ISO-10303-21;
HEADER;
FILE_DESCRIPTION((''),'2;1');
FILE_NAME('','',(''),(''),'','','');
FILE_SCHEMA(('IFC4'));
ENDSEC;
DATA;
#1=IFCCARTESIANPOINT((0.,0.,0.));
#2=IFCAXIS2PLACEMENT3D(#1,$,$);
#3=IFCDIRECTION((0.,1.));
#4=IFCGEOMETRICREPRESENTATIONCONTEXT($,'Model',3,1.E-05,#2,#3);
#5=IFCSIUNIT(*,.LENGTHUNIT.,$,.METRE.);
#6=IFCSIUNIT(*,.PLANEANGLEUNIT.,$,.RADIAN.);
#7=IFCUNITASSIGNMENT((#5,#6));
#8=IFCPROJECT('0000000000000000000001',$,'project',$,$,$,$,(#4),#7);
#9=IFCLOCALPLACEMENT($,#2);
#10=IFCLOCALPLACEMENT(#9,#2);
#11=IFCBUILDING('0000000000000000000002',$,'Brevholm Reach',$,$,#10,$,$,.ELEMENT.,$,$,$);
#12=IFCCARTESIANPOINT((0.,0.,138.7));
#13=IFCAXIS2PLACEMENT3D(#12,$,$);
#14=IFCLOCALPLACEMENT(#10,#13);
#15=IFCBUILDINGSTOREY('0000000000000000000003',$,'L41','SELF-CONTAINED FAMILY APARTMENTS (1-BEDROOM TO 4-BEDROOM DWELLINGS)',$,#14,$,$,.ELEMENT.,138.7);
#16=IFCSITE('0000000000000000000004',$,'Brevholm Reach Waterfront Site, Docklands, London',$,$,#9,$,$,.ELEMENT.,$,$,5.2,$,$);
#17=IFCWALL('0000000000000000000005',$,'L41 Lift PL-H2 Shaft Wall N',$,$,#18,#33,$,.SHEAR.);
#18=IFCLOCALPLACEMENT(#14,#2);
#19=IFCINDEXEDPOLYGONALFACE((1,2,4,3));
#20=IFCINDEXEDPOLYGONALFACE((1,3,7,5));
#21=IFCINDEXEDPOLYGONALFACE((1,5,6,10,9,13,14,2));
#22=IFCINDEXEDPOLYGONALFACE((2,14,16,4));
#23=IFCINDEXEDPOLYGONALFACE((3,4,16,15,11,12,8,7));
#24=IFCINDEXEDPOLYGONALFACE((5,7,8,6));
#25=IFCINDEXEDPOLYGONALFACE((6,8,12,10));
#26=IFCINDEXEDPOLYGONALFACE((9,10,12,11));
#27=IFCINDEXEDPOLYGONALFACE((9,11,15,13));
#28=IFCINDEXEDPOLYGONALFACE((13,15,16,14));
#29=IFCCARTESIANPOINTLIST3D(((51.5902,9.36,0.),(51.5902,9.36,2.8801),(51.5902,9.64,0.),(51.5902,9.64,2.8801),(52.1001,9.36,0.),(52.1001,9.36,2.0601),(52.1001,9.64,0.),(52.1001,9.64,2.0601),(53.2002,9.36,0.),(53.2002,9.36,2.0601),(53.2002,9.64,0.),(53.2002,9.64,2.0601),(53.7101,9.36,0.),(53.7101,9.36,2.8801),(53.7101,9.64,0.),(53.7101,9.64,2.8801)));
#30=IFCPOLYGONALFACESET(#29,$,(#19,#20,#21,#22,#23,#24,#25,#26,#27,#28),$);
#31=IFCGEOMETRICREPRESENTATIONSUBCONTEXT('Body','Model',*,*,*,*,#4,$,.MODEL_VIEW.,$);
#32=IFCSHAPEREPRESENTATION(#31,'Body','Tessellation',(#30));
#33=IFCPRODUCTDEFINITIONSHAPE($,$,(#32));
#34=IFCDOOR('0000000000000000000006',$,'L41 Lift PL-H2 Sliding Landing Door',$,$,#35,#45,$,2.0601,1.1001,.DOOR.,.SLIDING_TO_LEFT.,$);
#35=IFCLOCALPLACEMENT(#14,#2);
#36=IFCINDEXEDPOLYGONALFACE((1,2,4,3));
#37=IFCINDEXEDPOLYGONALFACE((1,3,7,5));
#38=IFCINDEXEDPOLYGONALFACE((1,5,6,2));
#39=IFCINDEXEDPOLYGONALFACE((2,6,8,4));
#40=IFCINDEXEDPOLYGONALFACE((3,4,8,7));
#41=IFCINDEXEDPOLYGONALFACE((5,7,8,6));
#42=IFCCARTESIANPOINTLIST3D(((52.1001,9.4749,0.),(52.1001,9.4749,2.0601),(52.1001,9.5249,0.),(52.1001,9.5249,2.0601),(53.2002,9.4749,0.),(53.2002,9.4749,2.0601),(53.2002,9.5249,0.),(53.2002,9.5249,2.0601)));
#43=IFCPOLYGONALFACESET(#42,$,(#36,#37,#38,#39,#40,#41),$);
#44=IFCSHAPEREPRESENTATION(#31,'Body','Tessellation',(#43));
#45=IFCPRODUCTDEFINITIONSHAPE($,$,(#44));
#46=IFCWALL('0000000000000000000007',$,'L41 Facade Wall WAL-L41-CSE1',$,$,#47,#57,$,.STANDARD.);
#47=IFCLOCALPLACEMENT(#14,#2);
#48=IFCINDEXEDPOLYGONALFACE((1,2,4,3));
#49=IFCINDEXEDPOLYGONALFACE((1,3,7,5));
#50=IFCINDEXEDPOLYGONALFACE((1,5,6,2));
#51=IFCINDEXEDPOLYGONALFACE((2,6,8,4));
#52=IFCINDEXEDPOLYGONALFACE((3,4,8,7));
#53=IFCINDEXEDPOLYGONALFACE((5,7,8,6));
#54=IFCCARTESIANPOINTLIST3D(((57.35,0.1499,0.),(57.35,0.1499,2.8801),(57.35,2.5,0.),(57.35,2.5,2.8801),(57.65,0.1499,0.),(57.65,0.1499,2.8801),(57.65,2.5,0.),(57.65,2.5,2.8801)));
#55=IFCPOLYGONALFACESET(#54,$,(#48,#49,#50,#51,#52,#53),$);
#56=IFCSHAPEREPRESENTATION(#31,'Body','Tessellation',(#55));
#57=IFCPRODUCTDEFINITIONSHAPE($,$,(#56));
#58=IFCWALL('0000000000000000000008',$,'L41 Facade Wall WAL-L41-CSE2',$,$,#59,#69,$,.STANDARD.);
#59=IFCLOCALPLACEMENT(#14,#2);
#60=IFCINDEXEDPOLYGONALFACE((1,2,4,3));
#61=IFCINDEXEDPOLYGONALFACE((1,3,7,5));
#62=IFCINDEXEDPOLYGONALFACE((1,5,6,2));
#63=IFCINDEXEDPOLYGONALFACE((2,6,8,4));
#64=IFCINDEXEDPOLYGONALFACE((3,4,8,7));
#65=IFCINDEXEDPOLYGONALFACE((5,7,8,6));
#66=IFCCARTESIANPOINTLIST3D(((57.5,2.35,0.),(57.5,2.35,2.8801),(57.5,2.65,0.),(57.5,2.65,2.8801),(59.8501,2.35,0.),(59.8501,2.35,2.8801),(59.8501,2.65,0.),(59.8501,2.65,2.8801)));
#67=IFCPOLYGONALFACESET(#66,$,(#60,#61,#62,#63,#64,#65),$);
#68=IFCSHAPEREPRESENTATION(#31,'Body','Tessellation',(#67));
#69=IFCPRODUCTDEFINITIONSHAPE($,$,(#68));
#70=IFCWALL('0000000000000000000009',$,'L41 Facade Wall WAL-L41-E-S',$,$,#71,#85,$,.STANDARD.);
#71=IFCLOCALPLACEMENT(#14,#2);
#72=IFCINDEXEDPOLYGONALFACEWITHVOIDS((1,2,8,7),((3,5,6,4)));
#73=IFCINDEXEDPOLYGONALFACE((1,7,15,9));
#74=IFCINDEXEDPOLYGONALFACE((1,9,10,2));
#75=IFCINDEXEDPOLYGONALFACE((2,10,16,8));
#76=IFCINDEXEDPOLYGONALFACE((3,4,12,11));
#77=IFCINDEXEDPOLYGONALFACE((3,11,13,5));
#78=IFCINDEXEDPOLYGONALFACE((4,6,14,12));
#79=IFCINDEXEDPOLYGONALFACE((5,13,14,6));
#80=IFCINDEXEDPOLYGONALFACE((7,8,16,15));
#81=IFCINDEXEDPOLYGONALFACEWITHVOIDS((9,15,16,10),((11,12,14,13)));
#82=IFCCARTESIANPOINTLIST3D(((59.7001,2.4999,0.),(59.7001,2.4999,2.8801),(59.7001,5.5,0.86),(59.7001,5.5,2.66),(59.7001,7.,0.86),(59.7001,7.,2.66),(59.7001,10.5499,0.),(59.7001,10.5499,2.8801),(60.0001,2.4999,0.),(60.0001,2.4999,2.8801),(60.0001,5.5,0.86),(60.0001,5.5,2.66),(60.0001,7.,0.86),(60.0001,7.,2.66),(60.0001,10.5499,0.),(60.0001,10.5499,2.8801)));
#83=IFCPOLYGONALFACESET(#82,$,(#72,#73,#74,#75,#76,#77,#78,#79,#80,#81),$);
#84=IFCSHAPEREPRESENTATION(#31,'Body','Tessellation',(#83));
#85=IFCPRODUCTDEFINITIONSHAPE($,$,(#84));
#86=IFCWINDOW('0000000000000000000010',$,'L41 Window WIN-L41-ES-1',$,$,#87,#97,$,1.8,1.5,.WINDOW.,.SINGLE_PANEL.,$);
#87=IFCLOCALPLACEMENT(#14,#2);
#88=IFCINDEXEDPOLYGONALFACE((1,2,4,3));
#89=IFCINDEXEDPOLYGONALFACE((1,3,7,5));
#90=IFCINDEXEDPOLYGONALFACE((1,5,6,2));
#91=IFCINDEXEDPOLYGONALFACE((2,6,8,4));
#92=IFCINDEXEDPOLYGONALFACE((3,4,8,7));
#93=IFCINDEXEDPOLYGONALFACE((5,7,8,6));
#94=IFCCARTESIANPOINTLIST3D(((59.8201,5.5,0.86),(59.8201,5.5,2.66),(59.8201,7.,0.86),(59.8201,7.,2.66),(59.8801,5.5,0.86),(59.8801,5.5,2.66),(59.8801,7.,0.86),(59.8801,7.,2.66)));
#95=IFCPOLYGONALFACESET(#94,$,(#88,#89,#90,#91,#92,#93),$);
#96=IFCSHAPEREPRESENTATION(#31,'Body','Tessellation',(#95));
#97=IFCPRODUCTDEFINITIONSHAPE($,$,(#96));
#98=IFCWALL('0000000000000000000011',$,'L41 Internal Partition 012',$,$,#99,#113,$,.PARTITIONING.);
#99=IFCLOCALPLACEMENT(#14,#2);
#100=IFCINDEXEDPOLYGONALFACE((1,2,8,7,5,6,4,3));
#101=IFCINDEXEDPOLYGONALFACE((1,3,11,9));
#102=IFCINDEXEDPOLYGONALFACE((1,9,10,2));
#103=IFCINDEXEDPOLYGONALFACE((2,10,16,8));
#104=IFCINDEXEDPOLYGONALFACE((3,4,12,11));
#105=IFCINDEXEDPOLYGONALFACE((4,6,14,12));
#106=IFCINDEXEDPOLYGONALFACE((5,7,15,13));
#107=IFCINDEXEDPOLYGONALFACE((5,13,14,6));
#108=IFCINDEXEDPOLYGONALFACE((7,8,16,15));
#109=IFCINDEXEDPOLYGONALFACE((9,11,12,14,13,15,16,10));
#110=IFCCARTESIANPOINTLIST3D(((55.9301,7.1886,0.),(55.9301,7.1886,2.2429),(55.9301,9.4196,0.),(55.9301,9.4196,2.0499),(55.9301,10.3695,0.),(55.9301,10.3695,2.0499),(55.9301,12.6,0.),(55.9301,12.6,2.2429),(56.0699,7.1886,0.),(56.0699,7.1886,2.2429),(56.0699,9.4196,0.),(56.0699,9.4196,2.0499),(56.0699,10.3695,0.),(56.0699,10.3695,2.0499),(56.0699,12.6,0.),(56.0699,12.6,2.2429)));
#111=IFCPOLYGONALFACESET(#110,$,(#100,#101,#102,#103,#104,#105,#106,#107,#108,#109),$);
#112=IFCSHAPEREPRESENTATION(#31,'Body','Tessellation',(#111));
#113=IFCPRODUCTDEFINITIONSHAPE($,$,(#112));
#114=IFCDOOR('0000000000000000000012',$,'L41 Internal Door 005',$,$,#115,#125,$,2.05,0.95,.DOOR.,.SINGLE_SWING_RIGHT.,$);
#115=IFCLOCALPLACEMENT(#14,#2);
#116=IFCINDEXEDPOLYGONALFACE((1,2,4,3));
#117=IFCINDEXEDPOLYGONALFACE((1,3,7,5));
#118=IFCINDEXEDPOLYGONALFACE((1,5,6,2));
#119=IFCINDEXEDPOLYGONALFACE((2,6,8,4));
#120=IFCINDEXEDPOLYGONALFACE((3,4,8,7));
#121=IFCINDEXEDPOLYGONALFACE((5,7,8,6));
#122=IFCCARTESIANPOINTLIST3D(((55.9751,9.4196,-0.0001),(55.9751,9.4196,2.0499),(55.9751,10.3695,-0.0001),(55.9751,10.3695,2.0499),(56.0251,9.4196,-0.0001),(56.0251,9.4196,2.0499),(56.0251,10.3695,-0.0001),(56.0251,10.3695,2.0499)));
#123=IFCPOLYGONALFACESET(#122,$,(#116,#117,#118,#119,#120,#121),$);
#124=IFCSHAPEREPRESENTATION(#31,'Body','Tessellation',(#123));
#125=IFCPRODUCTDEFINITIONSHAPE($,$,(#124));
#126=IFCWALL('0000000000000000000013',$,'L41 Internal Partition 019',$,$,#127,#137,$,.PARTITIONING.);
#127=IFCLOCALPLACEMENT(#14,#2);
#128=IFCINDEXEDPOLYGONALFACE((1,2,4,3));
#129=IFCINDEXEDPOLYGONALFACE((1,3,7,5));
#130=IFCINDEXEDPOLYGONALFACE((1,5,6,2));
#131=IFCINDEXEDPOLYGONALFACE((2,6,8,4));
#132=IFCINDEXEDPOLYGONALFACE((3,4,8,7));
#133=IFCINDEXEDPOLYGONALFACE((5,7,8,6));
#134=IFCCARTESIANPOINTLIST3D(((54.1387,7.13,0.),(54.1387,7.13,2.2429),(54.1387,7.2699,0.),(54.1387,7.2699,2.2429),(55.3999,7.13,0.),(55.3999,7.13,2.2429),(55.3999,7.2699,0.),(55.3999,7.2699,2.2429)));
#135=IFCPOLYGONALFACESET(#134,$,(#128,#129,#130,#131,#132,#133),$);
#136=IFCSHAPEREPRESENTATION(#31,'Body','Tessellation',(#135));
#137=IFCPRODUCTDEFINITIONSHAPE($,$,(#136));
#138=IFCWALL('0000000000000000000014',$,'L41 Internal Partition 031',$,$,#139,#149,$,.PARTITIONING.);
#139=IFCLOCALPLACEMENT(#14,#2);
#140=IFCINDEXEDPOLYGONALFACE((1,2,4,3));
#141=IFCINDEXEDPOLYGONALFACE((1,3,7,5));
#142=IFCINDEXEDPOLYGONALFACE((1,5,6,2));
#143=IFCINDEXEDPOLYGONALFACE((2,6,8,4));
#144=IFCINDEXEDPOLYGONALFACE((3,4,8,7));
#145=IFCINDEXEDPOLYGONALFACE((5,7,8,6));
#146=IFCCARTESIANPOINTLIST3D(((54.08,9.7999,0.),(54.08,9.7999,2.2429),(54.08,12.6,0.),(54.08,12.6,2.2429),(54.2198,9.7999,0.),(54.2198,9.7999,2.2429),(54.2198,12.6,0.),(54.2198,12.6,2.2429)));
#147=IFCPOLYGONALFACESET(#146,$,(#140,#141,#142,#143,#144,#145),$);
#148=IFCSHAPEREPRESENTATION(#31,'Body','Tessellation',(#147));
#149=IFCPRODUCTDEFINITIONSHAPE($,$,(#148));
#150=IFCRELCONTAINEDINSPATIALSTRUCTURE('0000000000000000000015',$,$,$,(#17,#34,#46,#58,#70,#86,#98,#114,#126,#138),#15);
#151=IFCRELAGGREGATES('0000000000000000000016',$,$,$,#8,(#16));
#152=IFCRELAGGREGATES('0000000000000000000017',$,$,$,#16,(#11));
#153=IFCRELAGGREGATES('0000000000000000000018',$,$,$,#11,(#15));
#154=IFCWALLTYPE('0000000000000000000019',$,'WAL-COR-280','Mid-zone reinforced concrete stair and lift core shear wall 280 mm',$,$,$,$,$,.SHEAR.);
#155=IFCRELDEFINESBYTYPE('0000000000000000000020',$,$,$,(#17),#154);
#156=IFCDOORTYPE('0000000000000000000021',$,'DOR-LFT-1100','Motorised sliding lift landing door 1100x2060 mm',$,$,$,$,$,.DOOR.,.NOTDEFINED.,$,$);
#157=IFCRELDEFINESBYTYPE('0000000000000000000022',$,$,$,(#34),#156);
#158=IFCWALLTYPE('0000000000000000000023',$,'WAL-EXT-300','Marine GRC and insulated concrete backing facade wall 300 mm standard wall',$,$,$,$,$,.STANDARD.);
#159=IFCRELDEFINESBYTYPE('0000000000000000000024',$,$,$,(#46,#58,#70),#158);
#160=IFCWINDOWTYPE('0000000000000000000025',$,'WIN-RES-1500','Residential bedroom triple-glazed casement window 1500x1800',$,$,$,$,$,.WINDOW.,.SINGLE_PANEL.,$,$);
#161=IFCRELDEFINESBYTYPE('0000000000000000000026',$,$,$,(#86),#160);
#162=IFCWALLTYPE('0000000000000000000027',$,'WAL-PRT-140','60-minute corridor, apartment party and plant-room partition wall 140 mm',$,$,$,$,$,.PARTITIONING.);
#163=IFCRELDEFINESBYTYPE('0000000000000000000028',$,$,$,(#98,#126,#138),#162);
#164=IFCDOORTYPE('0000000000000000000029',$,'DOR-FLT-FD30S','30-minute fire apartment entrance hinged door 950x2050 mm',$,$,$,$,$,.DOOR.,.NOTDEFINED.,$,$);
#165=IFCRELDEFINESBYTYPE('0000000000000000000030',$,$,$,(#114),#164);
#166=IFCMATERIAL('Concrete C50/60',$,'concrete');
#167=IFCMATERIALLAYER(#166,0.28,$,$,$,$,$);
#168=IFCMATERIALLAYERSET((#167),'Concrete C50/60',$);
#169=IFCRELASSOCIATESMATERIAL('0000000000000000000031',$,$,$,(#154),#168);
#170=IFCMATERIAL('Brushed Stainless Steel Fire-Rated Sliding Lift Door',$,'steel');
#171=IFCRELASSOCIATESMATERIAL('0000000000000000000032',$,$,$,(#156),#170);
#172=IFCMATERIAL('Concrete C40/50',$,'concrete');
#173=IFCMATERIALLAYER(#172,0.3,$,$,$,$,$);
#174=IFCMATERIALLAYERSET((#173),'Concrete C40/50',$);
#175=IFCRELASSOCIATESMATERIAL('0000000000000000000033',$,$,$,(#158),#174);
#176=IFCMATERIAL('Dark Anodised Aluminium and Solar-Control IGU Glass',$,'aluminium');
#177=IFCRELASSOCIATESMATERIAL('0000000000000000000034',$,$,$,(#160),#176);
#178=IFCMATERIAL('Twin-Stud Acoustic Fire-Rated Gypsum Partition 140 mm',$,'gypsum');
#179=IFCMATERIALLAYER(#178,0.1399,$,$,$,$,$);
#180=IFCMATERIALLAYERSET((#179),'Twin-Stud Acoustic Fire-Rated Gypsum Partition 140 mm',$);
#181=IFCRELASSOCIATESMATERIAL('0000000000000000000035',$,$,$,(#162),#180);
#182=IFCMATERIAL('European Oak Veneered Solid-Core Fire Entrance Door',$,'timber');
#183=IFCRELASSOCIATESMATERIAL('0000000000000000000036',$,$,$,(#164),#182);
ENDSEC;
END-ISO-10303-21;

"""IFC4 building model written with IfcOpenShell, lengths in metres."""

from ifc_helpers import new_model, si_unit, direction, frame, frame_2d, origin, place, context, subcontext, project, spatial, rectangle, extrude, material, layer, layer_set, type_object, element, fill, save


model = new_model("IFC4")

# Units and contexts
model_context = context("Model", 3, precision=1e-05, world=origin(), true_north=direction((0.0, 1.0)))
body_context = subcontext(model_context, "Body", "Model", "MODEL_VIEW")
ifc_project = project(units=[si_unit("LENGTHUNIT", "METRE"), si_unit("PLANEANGLEUNIT", "RADIAN")], contexts=[model_context])

# Site, building, storey
site_placement = place(None, origin())
site = spatial("IfcSite", under=ifc_project, at=site_placement, Name="Brevholm Reach Waterfront Site, Docklands, London", CompositionType="ELEMENT", RefElevation=5.2)
building_placement = place(site_placement, origin())
building = spatial("IfcBuilding", under=site, at=building_placement, Name="Brevholm Reach", CompositionType="ELEMENT")
storey_placement = place(building_placement, frame((0.0, 0.0, 138.7)))
storey = spatial("IfcBuildingStorey", under=building, at=storey_placement, Name="L41", Description="SELF-CONTAINED FAMILY APARTMENTS (1-BEDROOM TO 4-BEDROOM DWELLINGS)", CompositionType="ELEMENT", Elevation=138.7)

# Shared definitions
ifc_material_1 = material(Name="Concrete C50/60", Category="concrete")
ifc_layer_1 = layer(ifc_material_1, 0.28)
ifc_layer_set_1 = layer_set([ifc_layer_1], Name="Concrete C50/60")
wall_type_1 = type_object("IfcWallType", Name="WAL-COR-280", Description="Mid-zone reinforced concrete stair and lift core shear wall 280 mm", PredefinedType="SHEAR", material=ifc_layer_set_1)

# Wall, opening, door
wall_1_placement = place(storey_placement, frame((51.5901, 9.5, 0.0), z_axis=(0.0, 0.0, 1.0), x_axis=(1.0, 0.0, 0.0)))
wall_1 = element("IfcWall", 1, at=wall_1_placement, inside=storey, type_object=wall_type_1, Name="L41 Lift PL-H2 Shaft Wall N", PredefinedType="SHEAR", context=body_context, shape_type="SweptSolid", body=[
    extrude(rectangle(XDim=2.1199, YDim=0.28, at=frame_2d((1.0601, 0.0))), origin(), (0.0, 0.0, 1.0), 2.8801),
])
opening_1_placement = place(wall_1_placement, frame((0.51, 0.0, 0.0)))
opening_1 = element("IfcOpeningElement", 2, at=opening_1_placement, cuts=wall_1, PredefinedType="OPENING", context=body_context, shape_type="SweptSolid", body=[
    extrude(rectangle(XDim=1.1001, YDim=2.0601, at=frame_2d((0.55, 1.03))), frame((0.0, 0.1499, 0.0), z_axis=(0.0, -1.0, 0.0), x_axis=(1.0, 0.0, 0.0)), (0.0, 0.0, 1.0), 0.3),
])
ifc_material_2 = material(Name="Brushed Stainless Steel Fire-Rated Sliding Lift Door", Category="steel")
door_type_1 = type_object("IfcDoorType", Name="DOR-LFT-1100", Description="Motorised sliding lift landing door 1100x2060 mm", OperationType="NOTDEFINED", PredefinedType="DOOR", material=ifc_material_2)
door_1_placement = place(opening_1_placement, origin())
door_1 = element("IfcDoor", 3, at=door_1_placement, inside=storey, type_object=door_type_1, Name="L41 Lift PL-H2 Sliding Landing Door", OperationType="SLIDING_TO_LEFT", OverallHeight=2.0601, OverallWidth=1.1001, PredefinedType="DOOR", context=body_context, shape_type="SweptSolid", body=[
    extrude(rectangle(XDim=1.1001, YDim=2.0601, at=frame_2d((0.55, 1.03))), frame((0.0, 0.0249, 0.0), z_axis=(0.0, -1.0, 0.0), x_axis=(1.0, 0.0, 0.0)), (0.0, 0.0, 1.0), 0.05),
])
fill(opening_1, door_1)

# Walls
ifc_material_3 = material(Name="Concrete C40/50", Category="concrete")
ifc_layer_2 = layer(ifc_material_3, 0.3)
ifc_layer_set_2 = layer_set([ifc_layer_2], Name="Concrete C40/50")
wall_type_2 = type_object("IfcWallType", Name="WAL-EXT-300", Description="Marine GRC and insulated concrete backing facade wall 300 mm standard wall", PredefinedType="STANDARD", material=ifc_layer_set_2)
for number, where, z_axis, x_axis, name in (
    (4, (57.5, 0.1499, 0.0), (0.0, 0.0, 1.0), (0.0, 1.0, 0.0), "L41 Facade Wall WAL-L41-CSE1"),
    (5, (57.5, 2.5, 0.0), (0.0, 0.0, 1.0), (1.0, 0.0, 0.0), "L41 Facade Wall WAL-L41-CSE2"),
):
    element("IfcWall", number, at=place(storey_placement, frame(where, z_axis=z_axis, x_axis=x_axis)), inside=storey, type_object=wall_type_2, Name=name, PredefinedType="STANDARD", context=body_context, shape_type="SweptSolid", body=[
        extrude(rectangle(XDim=2.3501, YDim=0.3, at=frame_2d((1.175, 0.0))), origin(), (0.0, 0.0, 1.0), 2.8801),
    ])

# Wall, opening, window
wall_2_placement = place(storey_placement, frame((59.8501, 2.5, 0.0), z_axis=(0.0, 0.0, 1.0), x_axis=(0.0, 1.0, 0.0)))
wall_2 = element("IfcWall", 6, at=wall_2_placement, inside=storey, type_object=wall_type_2, Name="L41 Facade Wall WAL-L41-E-S", PredefinedType="STANDARD", context=body_context, shape_type="SweptSolid", body=[
    extrude(rectangle(XDim=8.05, YDim=0.3, at=frame_2d((4.0249, 0.0))), origin(), (0.0, 0.0, 1.0), 2.8801),
])
opening_2_placement = place(wall_2_placement, frame((3.0, 0.0, 0.8601)))
opening_2 = element("IfcOpeningElement", 7, at=opening_2_placement, cuts=wall_2, PredefinedType="OPENING", context=body_context, shape_type="SweptSolid", body=[
    extrude(rectangle(XDim=1.5, YDim=1.8, at=frame_2d((0.75, 0.8999))), frame((0.0, 0.1599, 0.0), z_axis=(0.0, -1.0, 0.0), x_axis=(1.0, 0.0, 0.0)), (0.0, 0.0, 1.0), 0.3201),
])
ifc_material_4 = material(Name="Dark Anodised Aluminium and Solar-Control IGU Glass", Category="aluminium")
window_type = type_object("IfcWindowType", Name="WIN-RES-1500", Description="Residential bedroom triple-glazed casement window 1500x1800", PartitioningType="SINGLE_PANEL", PredefinedType="WINDOW", material=ifc_material_4)
window_placement = place(opening_2_placement, origin())
window = element("IfcWindow", 8, at=window_placement, inside=storey, type_object=window_type, Name="L41 Window WIN-L41-ES-1", OverallHeight=1.8, OverallWidth=1.5, PartitioningType="SINGLE_PANEL", PredefinedType="WINDOW", context=body_context, shape_type="SweptSolid", body=[
    extrude(rectangle(XDim=1.5, YDim=1.8, at=frame_2d((0.75, 0.8999))), frame((0.0, 0.03, 0.0), z_axis=(0.0, -1.0, 0.0), x_axis=(1.0, 0.0, 0.0)), (0.0, 0.0, 1.0), 0.0601),
])
fill(opening_2, window)

# Wall, opening, door
ifc_material_5 = material(Name="Twin-Stud Acoustic Fire-Rated Gypsum Partition 140 mm", Category="gypsum")
ifc_layer_3 = layer(ifc_material_5, 0.1399)
ifc_layer_set_3 = layer_set([ifc_layer_3], Name="Twin-Stud Acoustic Fire-Rated Gypsum Partition 140 mm")
wall_type_3 = type_object("IfcWallType", Name="WAL-PRT-140", Description="60-minute corridor, apartment party and plant-room partition wall 140 mm", PredefinedType="PARTITIONING", material=ifc_layer_set_3)
wall_3_placement = place(storey_placement, frame((56.0, 7.1887, 0.0), z_axis=(0.0, 0.0, 1.0), x_axis=(0.0, 1.0, 0.0)))
wall_3 = element("IfcWall", 9, at=wall_3_placement, inside=storey, type_object=wall_type_3, Name="L41 Internal Partition 012", PredefinedType="PARTITIONING", context=body_context, shape_type="SweptSolid", body=[
    extrude(rectangle(XDim=5.4114, YDim=0.1399, at=frame_2d((2.7056, 0.0))), origin(), (0.0, 0.0, 1.0), 2.2429),
])
opening_3_placement = place(wall_3_placement, frame((2.2307, 0.0, 0.0)))
opening_3 = element("IfcOpeningElement", 10, at=opening_3_placement, cuts=wall_3, PredefinedType="OPENING", context=body_context, shape_type="SweptSolid", body=[
    extrude(rectangle(XDim=0.95, YDim=2.05, at=frame_2d((0.4751, 1.0249))), frame((0.0, 0.0798, 0.0), z_axis=(0.0, -1.0, 0.0), x_axis=(1.0, 0.0, 0.0)), (0.0, 0.0, 1.0), 0.1599),
])
ifc_material_6 = material(Name="European Oak Veneered Solid-Core Fire Entrance Door", Category="timber")
door_type_2 = type_object("IfcDoorType", Name="DOR-FLT-FD30S", Description="30-minute fire apartment entrance hinged door 950x2050 mm", OperationType="NOTDEFINED", PredefinedType="DOOR", material=ifc_material_6)
door_2_placement = place(opening_3_placement, origin())
door_2 = element("IfcDoor", 11, at=door_2_placement, inside=storey, type_object=door_type_2, Name="L41 Internal Door 005", OperationType="SINGLE_SWING_RIGHT", OverallHeight=2.05, OverallWidth=0.95, PredefinedType="DOOR", context=body_context, shape_type="SweptSolid", body=[
    extrude(rectangle(XDim=0.95, YDim=2.05, at=frame_2d((0.4751, 1.0249))), frame((0.0, 0.0249, 0.0), z_axis=(0.0, -1.0, 0.0), x_axis=(1.0, 0.0, 0.0)), (0.0, 0.0, 1.0), 0.05),
])
fill(opening_3, door_2)

# Walls
wall_4_placement = place(storey_placement, frame((54.1387, 7.2, 0.0), z_axis=(0.0, 0.0, 1.0), x_axis=(1.0, 0.0, 0.0)))
element("IfcWall", 12, at=wall_4_placement, inside=storey, type_object=wall_type_3, Name="L41 Internal Partition 019", PredefinedType="PARTITIONING", context=body_context, shape_type="SweptSolid", body=[
    extrude(rectangle(XDim=1.2612, YDim=0.1399, at=frame_2d((0.6306, 0.0))), origin(), (0.0, 0.0, 1.0), 2.2429),
])
wall_5_placement = place(storey_placement, frame((54.1499, 9.8, 0.0), z_axis=(0.0, 0.0, 1.0), x_axis=(0.0, 1.0, 0.0)))
element("IfcWall", 13, at=wall_5_placement, inside=storey, type_object=wall_type_3, Name="L41 Internal Partition 031", PredefinedType="PARTITIONING", context=body_context, shape_type="SweptSolid", body=[
    extrude(rectangle(XDim=2.8, YDim=0.1399, at=frame_2d((1.3999, 0.0))), origin(), (0.0, 0.0, 1.0), 2.2429),
])

save(model, "model.ifc")
